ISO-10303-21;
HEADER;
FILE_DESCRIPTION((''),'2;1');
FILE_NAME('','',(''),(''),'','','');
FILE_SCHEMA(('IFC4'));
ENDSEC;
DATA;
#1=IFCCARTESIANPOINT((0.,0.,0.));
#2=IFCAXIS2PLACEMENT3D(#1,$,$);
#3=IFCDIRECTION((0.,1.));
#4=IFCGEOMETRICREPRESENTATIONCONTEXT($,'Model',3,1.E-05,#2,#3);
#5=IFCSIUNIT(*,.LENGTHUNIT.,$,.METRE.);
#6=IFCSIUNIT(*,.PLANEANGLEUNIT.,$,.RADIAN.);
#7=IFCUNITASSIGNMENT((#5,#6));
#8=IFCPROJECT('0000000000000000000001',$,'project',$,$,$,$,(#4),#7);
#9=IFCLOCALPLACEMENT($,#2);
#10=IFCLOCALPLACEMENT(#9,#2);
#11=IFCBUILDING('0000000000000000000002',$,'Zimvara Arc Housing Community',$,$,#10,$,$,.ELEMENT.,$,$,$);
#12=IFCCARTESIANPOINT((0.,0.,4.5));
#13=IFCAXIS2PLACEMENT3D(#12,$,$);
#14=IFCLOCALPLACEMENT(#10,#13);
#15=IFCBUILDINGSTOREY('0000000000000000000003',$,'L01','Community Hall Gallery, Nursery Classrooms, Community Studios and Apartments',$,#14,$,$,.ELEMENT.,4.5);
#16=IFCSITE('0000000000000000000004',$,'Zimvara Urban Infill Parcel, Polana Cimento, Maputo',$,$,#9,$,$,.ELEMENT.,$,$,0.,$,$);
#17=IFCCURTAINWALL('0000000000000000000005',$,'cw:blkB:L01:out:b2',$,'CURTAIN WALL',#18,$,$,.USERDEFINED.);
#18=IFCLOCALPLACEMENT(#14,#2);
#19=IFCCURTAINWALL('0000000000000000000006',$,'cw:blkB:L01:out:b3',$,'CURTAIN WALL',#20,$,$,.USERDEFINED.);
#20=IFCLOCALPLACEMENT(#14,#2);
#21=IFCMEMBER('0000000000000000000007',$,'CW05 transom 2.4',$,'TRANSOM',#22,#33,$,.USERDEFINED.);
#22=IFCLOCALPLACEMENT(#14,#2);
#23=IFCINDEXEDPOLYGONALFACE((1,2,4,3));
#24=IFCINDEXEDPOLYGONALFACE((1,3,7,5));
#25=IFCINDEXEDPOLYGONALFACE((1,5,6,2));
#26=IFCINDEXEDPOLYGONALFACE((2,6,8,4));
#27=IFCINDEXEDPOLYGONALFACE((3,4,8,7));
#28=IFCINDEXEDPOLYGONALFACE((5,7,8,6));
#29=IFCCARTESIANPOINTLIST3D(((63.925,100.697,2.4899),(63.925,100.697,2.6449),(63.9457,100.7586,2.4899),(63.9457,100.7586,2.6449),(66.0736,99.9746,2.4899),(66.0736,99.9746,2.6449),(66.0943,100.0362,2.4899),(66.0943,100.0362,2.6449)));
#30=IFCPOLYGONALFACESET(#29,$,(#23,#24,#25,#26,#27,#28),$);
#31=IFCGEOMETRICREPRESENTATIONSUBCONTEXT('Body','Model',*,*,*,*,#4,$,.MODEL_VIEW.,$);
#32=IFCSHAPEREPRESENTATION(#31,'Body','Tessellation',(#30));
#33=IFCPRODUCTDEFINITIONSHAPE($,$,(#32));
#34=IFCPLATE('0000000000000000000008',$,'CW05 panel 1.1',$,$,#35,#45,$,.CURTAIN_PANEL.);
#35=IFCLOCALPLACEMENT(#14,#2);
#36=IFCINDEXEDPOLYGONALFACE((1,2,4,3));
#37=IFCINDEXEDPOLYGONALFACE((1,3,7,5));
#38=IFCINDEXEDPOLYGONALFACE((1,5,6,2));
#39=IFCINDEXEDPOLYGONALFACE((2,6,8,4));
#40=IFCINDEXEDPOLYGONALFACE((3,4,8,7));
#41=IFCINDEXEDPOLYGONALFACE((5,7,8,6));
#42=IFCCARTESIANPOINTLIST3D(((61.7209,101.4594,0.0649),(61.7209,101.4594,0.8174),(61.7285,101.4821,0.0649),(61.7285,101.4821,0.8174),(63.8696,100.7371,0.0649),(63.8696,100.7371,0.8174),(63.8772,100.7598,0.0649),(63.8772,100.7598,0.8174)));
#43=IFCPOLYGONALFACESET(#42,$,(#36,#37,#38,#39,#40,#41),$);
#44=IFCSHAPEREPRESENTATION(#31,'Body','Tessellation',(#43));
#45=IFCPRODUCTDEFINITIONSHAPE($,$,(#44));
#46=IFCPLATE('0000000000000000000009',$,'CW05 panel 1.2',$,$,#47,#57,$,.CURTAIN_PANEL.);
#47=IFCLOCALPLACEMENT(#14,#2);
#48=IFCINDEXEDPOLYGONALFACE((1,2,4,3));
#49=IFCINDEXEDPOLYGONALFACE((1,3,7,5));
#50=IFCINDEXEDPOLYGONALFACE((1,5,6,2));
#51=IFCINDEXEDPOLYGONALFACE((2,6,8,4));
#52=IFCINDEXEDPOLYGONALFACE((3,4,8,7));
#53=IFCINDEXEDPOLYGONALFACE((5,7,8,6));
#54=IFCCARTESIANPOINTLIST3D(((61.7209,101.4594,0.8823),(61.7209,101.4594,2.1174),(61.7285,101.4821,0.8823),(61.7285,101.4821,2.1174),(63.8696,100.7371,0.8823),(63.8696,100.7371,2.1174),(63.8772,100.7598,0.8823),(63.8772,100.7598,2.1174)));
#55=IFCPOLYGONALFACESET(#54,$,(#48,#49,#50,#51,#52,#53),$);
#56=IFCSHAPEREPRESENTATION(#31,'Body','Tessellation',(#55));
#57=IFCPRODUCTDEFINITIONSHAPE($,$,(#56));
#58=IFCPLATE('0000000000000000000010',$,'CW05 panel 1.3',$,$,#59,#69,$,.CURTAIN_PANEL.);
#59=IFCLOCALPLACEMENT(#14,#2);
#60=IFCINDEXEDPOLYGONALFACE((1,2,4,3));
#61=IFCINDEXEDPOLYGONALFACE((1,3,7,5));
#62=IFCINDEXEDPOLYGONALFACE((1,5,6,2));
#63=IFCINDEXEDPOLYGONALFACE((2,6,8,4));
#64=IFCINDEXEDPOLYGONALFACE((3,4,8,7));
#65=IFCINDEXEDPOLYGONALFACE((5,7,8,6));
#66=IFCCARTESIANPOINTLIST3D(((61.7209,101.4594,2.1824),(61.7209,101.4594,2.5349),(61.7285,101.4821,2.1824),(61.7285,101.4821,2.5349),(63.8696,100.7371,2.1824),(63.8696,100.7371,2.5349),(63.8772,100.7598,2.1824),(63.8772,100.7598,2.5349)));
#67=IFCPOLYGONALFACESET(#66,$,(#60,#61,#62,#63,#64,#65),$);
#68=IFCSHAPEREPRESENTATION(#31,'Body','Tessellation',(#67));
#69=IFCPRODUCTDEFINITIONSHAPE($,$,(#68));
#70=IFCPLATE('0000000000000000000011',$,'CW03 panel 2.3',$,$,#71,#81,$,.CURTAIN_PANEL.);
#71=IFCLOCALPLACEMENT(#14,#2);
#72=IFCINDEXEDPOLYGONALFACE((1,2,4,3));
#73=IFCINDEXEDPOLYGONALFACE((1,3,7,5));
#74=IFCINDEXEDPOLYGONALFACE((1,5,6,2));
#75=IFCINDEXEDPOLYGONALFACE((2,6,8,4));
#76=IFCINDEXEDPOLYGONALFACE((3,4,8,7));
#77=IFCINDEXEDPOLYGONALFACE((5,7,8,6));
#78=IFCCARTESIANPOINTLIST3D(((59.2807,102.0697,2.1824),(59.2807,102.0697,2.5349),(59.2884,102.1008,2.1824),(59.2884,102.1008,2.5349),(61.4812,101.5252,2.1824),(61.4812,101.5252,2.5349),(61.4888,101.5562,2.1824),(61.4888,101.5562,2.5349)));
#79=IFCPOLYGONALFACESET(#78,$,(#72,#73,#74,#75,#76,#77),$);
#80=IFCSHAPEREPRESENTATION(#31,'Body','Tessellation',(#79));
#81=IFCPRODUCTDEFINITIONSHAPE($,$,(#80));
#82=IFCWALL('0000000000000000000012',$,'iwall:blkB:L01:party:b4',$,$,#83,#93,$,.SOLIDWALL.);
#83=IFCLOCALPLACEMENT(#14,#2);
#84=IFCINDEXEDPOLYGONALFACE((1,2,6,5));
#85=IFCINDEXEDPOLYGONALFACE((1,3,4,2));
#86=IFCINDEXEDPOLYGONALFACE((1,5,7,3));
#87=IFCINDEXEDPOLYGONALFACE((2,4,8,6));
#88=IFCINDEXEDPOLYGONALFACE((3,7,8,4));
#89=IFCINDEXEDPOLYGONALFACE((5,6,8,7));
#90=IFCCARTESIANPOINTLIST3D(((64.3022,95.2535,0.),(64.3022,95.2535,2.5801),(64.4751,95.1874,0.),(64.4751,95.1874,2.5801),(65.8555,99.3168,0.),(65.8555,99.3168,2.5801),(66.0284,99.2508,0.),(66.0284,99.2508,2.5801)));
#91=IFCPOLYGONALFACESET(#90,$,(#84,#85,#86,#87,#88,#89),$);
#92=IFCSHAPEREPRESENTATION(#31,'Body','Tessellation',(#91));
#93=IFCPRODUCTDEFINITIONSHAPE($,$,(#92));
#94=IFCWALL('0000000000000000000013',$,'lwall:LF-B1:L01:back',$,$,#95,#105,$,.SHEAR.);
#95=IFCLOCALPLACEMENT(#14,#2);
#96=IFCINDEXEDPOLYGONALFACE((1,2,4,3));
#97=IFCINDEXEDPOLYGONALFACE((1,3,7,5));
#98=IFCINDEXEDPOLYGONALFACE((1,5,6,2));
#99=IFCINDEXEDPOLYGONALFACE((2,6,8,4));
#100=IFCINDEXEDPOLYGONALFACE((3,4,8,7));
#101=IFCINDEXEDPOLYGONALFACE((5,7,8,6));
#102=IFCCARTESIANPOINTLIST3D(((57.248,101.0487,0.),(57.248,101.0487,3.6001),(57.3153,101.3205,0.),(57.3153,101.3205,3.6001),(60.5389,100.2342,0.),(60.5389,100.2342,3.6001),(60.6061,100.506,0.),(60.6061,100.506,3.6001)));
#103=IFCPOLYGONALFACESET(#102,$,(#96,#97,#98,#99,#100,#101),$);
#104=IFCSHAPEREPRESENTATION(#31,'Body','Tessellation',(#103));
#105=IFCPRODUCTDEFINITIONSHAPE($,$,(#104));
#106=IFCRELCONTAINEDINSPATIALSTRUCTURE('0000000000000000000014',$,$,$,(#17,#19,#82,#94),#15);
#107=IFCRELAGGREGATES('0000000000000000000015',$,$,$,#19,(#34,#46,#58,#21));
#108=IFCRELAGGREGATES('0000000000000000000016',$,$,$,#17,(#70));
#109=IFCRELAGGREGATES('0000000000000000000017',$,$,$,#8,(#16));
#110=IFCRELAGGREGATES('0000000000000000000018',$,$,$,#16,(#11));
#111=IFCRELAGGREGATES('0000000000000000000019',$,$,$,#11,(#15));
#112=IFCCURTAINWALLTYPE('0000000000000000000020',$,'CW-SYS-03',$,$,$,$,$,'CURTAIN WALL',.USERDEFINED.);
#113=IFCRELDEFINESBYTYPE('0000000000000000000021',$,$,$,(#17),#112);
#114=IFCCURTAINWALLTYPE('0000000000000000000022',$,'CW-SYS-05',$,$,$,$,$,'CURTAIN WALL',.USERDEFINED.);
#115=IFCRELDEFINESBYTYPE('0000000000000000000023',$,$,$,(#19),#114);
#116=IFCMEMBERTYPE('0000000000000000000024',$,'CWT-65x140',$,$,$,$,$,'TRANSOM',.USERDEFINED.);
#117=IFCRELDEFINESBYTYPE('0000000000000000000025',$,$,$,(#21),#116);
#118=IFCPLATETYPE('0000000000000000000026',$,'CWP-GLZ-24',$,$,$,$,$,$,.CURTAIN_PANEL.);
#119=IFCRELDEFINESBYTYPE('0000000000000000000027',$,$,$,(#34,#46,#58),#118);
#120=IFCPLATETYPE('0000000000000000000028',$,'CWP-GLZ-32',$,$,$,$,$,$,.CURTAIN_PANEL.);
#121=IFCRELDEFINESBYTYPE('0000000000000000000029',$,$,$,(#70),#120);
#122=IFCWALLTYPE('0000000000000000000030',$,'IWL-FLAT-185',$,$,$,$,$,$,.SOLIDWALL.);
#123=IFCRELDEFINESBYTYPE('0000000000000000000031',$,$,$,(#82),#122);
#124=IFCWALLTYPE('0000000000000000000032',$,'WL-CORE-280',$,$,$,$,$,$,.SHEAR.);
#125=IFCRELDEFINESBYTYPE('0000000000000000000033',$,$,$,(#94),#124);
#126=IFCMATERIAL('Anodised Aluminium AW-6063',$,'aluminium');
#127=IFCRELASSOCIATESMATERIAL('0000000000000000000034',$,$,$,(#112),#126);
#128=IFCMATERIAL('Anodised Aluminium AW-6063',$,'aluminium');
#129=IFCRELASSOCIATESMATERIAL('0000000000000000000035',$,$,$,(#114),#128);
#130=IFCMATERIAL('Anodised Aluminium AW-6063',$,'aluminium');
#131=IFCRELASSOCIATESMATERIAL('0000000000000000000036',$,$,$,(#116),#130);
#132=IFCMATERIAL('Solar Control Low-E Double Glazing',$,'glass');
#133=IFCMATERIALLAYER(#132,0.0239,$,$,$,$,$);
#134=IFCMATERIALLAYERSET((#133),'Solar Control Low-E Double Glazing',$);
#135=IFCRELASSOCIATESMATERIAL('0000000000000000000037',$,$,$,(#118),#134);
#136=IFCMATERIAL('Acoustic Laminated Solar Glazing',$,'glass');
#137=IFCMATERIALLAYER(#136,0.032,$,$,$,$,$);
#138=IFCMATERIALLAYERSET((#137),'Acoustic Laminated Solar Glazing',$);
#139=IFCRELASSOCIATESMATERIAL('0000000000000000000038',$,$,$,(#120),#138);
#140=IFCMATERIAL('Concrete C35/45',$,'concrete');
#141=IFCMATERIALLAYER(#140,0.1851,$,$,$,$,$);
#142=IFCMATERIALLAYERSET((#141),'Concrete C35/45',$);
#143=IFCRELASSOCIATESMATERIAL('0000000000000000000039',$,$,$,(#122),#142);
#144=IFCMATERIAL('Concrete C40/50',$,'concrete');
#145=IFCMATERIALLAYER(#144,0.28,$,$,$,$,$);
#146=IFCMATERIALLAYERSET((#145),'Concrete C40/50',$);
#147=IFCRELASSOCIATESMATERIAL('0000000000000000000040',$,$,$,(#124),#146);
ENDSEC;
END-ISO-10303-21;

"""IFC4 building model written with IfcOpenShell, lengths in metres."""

from ifc_helpers import new_model, si_unit, direction, frame, frame_2d, origin, origin_2d, place, context, subcontext, project, spatial, rectangle, extrude, material, layer, layer_set, material_profile, profile_set, type_object, element, aggregate, save


model = new_model("IFC4")

# Units and contexts
model_context = context("Model", 3, precision=1e-05, world=origin(), true_north=direction((0.0, 1.0)))
body_context = subcontext(model_context, "Body", "Model", "MODEL_VIEW")
ifc_project = project(units=[si_unit("LENGTHUNIT", "METRE"), si_unit("PLANEANGLEUNIT", "RADIAN")], contexts=[model_context])

# Site, building, storey
site_placement = place(None, origin())
site = spatial("IfcSite", under=ifc_project, at=site_placement, Name="Zimvara Urban Infill Parcel, Polana Cimento, Maputo", CompositionType="ELEMENT", RefElevation=0.0)
building_placement = place(site_placement, origin())
building = spatial("IfcBuilding", under=site, at=building_placement, Name="Zimvara Arc Housing Community", CompositionType="ELEMENT")
storey_placement = place(building_placement, frame((0.0, 0.0, 4.5)))
storey = spatial("IfcBuildingStorey", under=building, at=storey_placement, Name="L01", Description="Community Hall Gallery, Nursery Classrooms, Community Studios and Apartments", CompositionType="ELEMENT", Elevation=4.5)

# Curtain wall
ifc_material_1 = material(Name="Anodised Aluminium AW-6063", Category="aluminium")
curtain_wall_type_1 = type_object("IfcCurtainWallType", Name="CW-SYS-03", ElementType="CURTAIN WALL", PredefinedType="USERDEFINED", material=ifc_material_1)
curtain_wall_1_placement = place(storey_placement, origin())
curtain_wall_1 = element("IfcCurtainWall", 1, at=curtain_wall_1_placement, inside=storey, type_object=curtain_wall_type_1, Name="cw:blkB:L01:out:b2", ObjectType="CURTAIN WALL", PredefinedType="USERDEFINED")

# Curtain wall, member, plates
ifc_material_2 = material(Name="Anodised Aluminium AW-6063", Category="aluminium")
curtain_wall_type_2 = type_object("IfcCurtainWallType", Name="CW-SYS-05", ElementType="CURTAIN WALL", PredefinedType="USERDEFINED", material=ifc_material_2)
curtain_wall_2_placement = place(storey_placement, origin())
curtain_wall_2 = element("IfcCurtainWall", 2, at=curtain_wall_2_placement, inside=storey, type_object=curtain_wall_type_2, Name="cw:blkB:L01:out:b3", ObjectType="CURTAIN WALL", PredefinedType="USERDEFINED")
ifc_material_3 = material(Name="Anodised Aluminium AW-6063", Category="aluminium")
ifc_material_profile_1 = material_profile(ifc_material_3, rectangle(XDim=0.0649, YDim=0.155, at=origin_2d()), Name="ALU 65x155")
ifc_profile_set_1 = profile_set([ifc_material_profile_1], Name="Anodised Aluminium AW-6063")
member_type_1 = type_object("IfcMemberType", Name="CWT-65x140", ElementType="TRANSOM", PredefinedType="USERDEFINED", material=ifc_profile_set_1)
member_1_placement = place(storey_placement, frame((63.9353, 100.7278, 2.5674), z_axis=(0.947862, -0.318682, 0.0), x_axis=(0.318682, 0.947862, 0.0)))
member_1 = element("IfcMember", 3, at=member_1_placement, type_object=member_type_1, Name="CW05 transom 2.4", ObjectType="TRANSOM", PredefinedType="USERDEFINED", context=body_context, shape_type="SweptSolid", body=[
    extrude(rectangle(XDim=0.0649, YDim=0.155, at=origin_2d()), origin(), (0.0, 0.0, 1.0), 2.2668),
])
ifc_material_4 = material(Name="Solar Control Low-E Double Glazing", Category="glass")
ifc_layer_1 = layer(ifc_material_4, 0.0239)
ifc_layer_set_1 = layer_set([ifc_layer_1], Name="Solar Control Low-E Double Glazing")
plate_type_1 = type_object("IfcPlateType", Name="CWP-GLZ-24", PredefinedType="CURTAIN_PANEL", material=ifc_layer_set_1)
plate_1_placement = place(storey_placement, frame((62.7991, 101.1096, 0.0649), z_axis=(0.0, 0.0, 1.0), x_axis=(0.94788, -0.318629, 0.0)))
plate_1 = element("IfcPlate", 4, at=plate_1_placement, type_object=plate_type_1, Name="CW05 panel 1.1", PredefinedType="CURTAIN_PANEL", context=body_context, shape_type="SweptSolid", body=[
    extrude(rectangle(XDim=2.2668, YDim=0.0239, at=origin_2d()), origin(), (0.0, 0.0, 1.0), 0.7524),
])
plate_2_placement = place(storey_placement, frame((62.7991, 101.1096, 0.8823), z_axis=(0.0, 0.0, 1.0), x_axis=(0.94788, -0.318629, 0.0)))
plate_2 = element("IfcPlate", 5, at=plate_2_placement, type_object=plate_type_1, Name="CW05 panel 1.2", PredefinedType="CURTAIN_PANEL", context=body_context, shape_type="SweptSolid", body=[
    extrude(rectangle(XDim=2.2668, YDim=0.0239, at=origin_2d()), origin(), (0.0, 0.0, 1.0), 1.2351),
])
plate_3_placement = place(storey_placement, frame((62.7991, 101.1096, 2.1824), z_axis=(0.0, 0.0, 1.0), x_axis=(0.94788, -0.318629, 0.0)))
plate_3 = element("IfcPlate", 6, at=plate_3_placement, type_object=plate_type_1, Name="CW05 panel 1.3", PredefinedType="CURTAIN_PANEL", context=body_context, shape_type="SweptSolid", body=[
    extrude(rectangle(XDim=2.2668, YDim=0.0239, at=origin_2d()), origin(), (0.0, 0.0, 1.0), 0.3525),
])
aggregate(curtain_wall_2, [plate_1, plate_2, plate_3, member_1])

# Plate
ifc_material_5 = material(Name="Acoustic Laminated Solar Glazing", Category="glass")
ifc_layer_2 = layer(ifc_material_5, 0.032)
ifc_layer_set_2 = layer_set([ifc_layer_2], Name="Acoustic Laminated Solar Glazing")
plate_type_2 = type_object("IfcPlateType", Name="CWP-GLZ-32", PredefinedType="CURTAIN_PANEL", material=ifc_layer_set_2)
plate_4_placement = place(storey_placement, frame((60.3848, 101.813, 2.1824), z_axis=(0.0, 0.0, 1.0), x_axis=(0.970716, -0.24023, 0.0)))
plate_4 = element("IfcPlate", 7, at=plate_4_placement, type_object=plate_type_2, Name="CW03 panel 2.3", PredefinedType="CURTAIN_PANEL", context=body_context, shape_type="SweptSolid", body=[
    extrude(rectangle(XDim=2.2668, YDim=0.032, at=origin_2d()), origin(), (0.0, 0.0, 1.0), 0.3525),
])
aggregate(curtain_wall_1, [plate_4])

# Walls
ifc_material_6 = material(Name="Concrete C35/45", Category="concrete")
ifc_layer_3 = layer(ifc_material_6, 0.1851)
ifc_layer_set_3 = layer_set([ifc_layer_3], Name="Concrete C35/45")
wall_type_1 = type_object("IfcWallType", Name="IWL-FLAT-185", PredefinedType="SOLIDWALL", material=ifc_layer_set_3)
wall_1_placement = place(storey_placement, frame((64.3887, 95.2205, 0.0), z_axis=(0.0, 0.0, 1.0), x_axis=(0.357064, 0.93408, 0.0)))
element("IfcWall", 8, at=wall_1_placement, inside=storey, type_object=wall_type_1, Name="iwall:blkB:L01:party:b4", PredefinedType="SOLIDWALL", context=body_context, shape_type="SweptSolid", body=[
    extrude(rectangle(XDim=4.3501, YDim=0.1851, at=frame_2d((2.175, 0.0))), origin(), (0.0, 0.0, 1.0), 2.5801),
])
ifc_material_7 = material(Name="Concrete C40/50", Category="concrete")
ifc_layer_4 = layer(ifc_material_7, 0.28)
ifc_layer_set_4 = layer_set([ifc_layer_4], Name="Concrete C40/50")
wall_type_2 = type_object("IfcWallType", Name="WL-CORE-280", PredefinedType="SHEAR", material=ifc_layer_set_4)
wall_2_placement = place(storey_placement, frame((60.5725, 100.3701, 0.0), z_axis=(0.0, 0.0, 1.0), x_axis=(-0.970712, 0.240247, 0.0)))
element("IfcWall", 9, at=wall_2_placement, inside=storey, type_object=wall_type_2, Name="lwall:LF-B1:L01:back", PredefinedType="SHEAR", context=body_context, shape_type="SweptSolid", body=[
    extrude(rectangle(XDim=3.3901, YDim=0.28, at=frame_2d((1.6951, 0.0))), origin(), (0.0, 0.0, 1.0), 3.6001),
])

save(model, "model.ifc")
